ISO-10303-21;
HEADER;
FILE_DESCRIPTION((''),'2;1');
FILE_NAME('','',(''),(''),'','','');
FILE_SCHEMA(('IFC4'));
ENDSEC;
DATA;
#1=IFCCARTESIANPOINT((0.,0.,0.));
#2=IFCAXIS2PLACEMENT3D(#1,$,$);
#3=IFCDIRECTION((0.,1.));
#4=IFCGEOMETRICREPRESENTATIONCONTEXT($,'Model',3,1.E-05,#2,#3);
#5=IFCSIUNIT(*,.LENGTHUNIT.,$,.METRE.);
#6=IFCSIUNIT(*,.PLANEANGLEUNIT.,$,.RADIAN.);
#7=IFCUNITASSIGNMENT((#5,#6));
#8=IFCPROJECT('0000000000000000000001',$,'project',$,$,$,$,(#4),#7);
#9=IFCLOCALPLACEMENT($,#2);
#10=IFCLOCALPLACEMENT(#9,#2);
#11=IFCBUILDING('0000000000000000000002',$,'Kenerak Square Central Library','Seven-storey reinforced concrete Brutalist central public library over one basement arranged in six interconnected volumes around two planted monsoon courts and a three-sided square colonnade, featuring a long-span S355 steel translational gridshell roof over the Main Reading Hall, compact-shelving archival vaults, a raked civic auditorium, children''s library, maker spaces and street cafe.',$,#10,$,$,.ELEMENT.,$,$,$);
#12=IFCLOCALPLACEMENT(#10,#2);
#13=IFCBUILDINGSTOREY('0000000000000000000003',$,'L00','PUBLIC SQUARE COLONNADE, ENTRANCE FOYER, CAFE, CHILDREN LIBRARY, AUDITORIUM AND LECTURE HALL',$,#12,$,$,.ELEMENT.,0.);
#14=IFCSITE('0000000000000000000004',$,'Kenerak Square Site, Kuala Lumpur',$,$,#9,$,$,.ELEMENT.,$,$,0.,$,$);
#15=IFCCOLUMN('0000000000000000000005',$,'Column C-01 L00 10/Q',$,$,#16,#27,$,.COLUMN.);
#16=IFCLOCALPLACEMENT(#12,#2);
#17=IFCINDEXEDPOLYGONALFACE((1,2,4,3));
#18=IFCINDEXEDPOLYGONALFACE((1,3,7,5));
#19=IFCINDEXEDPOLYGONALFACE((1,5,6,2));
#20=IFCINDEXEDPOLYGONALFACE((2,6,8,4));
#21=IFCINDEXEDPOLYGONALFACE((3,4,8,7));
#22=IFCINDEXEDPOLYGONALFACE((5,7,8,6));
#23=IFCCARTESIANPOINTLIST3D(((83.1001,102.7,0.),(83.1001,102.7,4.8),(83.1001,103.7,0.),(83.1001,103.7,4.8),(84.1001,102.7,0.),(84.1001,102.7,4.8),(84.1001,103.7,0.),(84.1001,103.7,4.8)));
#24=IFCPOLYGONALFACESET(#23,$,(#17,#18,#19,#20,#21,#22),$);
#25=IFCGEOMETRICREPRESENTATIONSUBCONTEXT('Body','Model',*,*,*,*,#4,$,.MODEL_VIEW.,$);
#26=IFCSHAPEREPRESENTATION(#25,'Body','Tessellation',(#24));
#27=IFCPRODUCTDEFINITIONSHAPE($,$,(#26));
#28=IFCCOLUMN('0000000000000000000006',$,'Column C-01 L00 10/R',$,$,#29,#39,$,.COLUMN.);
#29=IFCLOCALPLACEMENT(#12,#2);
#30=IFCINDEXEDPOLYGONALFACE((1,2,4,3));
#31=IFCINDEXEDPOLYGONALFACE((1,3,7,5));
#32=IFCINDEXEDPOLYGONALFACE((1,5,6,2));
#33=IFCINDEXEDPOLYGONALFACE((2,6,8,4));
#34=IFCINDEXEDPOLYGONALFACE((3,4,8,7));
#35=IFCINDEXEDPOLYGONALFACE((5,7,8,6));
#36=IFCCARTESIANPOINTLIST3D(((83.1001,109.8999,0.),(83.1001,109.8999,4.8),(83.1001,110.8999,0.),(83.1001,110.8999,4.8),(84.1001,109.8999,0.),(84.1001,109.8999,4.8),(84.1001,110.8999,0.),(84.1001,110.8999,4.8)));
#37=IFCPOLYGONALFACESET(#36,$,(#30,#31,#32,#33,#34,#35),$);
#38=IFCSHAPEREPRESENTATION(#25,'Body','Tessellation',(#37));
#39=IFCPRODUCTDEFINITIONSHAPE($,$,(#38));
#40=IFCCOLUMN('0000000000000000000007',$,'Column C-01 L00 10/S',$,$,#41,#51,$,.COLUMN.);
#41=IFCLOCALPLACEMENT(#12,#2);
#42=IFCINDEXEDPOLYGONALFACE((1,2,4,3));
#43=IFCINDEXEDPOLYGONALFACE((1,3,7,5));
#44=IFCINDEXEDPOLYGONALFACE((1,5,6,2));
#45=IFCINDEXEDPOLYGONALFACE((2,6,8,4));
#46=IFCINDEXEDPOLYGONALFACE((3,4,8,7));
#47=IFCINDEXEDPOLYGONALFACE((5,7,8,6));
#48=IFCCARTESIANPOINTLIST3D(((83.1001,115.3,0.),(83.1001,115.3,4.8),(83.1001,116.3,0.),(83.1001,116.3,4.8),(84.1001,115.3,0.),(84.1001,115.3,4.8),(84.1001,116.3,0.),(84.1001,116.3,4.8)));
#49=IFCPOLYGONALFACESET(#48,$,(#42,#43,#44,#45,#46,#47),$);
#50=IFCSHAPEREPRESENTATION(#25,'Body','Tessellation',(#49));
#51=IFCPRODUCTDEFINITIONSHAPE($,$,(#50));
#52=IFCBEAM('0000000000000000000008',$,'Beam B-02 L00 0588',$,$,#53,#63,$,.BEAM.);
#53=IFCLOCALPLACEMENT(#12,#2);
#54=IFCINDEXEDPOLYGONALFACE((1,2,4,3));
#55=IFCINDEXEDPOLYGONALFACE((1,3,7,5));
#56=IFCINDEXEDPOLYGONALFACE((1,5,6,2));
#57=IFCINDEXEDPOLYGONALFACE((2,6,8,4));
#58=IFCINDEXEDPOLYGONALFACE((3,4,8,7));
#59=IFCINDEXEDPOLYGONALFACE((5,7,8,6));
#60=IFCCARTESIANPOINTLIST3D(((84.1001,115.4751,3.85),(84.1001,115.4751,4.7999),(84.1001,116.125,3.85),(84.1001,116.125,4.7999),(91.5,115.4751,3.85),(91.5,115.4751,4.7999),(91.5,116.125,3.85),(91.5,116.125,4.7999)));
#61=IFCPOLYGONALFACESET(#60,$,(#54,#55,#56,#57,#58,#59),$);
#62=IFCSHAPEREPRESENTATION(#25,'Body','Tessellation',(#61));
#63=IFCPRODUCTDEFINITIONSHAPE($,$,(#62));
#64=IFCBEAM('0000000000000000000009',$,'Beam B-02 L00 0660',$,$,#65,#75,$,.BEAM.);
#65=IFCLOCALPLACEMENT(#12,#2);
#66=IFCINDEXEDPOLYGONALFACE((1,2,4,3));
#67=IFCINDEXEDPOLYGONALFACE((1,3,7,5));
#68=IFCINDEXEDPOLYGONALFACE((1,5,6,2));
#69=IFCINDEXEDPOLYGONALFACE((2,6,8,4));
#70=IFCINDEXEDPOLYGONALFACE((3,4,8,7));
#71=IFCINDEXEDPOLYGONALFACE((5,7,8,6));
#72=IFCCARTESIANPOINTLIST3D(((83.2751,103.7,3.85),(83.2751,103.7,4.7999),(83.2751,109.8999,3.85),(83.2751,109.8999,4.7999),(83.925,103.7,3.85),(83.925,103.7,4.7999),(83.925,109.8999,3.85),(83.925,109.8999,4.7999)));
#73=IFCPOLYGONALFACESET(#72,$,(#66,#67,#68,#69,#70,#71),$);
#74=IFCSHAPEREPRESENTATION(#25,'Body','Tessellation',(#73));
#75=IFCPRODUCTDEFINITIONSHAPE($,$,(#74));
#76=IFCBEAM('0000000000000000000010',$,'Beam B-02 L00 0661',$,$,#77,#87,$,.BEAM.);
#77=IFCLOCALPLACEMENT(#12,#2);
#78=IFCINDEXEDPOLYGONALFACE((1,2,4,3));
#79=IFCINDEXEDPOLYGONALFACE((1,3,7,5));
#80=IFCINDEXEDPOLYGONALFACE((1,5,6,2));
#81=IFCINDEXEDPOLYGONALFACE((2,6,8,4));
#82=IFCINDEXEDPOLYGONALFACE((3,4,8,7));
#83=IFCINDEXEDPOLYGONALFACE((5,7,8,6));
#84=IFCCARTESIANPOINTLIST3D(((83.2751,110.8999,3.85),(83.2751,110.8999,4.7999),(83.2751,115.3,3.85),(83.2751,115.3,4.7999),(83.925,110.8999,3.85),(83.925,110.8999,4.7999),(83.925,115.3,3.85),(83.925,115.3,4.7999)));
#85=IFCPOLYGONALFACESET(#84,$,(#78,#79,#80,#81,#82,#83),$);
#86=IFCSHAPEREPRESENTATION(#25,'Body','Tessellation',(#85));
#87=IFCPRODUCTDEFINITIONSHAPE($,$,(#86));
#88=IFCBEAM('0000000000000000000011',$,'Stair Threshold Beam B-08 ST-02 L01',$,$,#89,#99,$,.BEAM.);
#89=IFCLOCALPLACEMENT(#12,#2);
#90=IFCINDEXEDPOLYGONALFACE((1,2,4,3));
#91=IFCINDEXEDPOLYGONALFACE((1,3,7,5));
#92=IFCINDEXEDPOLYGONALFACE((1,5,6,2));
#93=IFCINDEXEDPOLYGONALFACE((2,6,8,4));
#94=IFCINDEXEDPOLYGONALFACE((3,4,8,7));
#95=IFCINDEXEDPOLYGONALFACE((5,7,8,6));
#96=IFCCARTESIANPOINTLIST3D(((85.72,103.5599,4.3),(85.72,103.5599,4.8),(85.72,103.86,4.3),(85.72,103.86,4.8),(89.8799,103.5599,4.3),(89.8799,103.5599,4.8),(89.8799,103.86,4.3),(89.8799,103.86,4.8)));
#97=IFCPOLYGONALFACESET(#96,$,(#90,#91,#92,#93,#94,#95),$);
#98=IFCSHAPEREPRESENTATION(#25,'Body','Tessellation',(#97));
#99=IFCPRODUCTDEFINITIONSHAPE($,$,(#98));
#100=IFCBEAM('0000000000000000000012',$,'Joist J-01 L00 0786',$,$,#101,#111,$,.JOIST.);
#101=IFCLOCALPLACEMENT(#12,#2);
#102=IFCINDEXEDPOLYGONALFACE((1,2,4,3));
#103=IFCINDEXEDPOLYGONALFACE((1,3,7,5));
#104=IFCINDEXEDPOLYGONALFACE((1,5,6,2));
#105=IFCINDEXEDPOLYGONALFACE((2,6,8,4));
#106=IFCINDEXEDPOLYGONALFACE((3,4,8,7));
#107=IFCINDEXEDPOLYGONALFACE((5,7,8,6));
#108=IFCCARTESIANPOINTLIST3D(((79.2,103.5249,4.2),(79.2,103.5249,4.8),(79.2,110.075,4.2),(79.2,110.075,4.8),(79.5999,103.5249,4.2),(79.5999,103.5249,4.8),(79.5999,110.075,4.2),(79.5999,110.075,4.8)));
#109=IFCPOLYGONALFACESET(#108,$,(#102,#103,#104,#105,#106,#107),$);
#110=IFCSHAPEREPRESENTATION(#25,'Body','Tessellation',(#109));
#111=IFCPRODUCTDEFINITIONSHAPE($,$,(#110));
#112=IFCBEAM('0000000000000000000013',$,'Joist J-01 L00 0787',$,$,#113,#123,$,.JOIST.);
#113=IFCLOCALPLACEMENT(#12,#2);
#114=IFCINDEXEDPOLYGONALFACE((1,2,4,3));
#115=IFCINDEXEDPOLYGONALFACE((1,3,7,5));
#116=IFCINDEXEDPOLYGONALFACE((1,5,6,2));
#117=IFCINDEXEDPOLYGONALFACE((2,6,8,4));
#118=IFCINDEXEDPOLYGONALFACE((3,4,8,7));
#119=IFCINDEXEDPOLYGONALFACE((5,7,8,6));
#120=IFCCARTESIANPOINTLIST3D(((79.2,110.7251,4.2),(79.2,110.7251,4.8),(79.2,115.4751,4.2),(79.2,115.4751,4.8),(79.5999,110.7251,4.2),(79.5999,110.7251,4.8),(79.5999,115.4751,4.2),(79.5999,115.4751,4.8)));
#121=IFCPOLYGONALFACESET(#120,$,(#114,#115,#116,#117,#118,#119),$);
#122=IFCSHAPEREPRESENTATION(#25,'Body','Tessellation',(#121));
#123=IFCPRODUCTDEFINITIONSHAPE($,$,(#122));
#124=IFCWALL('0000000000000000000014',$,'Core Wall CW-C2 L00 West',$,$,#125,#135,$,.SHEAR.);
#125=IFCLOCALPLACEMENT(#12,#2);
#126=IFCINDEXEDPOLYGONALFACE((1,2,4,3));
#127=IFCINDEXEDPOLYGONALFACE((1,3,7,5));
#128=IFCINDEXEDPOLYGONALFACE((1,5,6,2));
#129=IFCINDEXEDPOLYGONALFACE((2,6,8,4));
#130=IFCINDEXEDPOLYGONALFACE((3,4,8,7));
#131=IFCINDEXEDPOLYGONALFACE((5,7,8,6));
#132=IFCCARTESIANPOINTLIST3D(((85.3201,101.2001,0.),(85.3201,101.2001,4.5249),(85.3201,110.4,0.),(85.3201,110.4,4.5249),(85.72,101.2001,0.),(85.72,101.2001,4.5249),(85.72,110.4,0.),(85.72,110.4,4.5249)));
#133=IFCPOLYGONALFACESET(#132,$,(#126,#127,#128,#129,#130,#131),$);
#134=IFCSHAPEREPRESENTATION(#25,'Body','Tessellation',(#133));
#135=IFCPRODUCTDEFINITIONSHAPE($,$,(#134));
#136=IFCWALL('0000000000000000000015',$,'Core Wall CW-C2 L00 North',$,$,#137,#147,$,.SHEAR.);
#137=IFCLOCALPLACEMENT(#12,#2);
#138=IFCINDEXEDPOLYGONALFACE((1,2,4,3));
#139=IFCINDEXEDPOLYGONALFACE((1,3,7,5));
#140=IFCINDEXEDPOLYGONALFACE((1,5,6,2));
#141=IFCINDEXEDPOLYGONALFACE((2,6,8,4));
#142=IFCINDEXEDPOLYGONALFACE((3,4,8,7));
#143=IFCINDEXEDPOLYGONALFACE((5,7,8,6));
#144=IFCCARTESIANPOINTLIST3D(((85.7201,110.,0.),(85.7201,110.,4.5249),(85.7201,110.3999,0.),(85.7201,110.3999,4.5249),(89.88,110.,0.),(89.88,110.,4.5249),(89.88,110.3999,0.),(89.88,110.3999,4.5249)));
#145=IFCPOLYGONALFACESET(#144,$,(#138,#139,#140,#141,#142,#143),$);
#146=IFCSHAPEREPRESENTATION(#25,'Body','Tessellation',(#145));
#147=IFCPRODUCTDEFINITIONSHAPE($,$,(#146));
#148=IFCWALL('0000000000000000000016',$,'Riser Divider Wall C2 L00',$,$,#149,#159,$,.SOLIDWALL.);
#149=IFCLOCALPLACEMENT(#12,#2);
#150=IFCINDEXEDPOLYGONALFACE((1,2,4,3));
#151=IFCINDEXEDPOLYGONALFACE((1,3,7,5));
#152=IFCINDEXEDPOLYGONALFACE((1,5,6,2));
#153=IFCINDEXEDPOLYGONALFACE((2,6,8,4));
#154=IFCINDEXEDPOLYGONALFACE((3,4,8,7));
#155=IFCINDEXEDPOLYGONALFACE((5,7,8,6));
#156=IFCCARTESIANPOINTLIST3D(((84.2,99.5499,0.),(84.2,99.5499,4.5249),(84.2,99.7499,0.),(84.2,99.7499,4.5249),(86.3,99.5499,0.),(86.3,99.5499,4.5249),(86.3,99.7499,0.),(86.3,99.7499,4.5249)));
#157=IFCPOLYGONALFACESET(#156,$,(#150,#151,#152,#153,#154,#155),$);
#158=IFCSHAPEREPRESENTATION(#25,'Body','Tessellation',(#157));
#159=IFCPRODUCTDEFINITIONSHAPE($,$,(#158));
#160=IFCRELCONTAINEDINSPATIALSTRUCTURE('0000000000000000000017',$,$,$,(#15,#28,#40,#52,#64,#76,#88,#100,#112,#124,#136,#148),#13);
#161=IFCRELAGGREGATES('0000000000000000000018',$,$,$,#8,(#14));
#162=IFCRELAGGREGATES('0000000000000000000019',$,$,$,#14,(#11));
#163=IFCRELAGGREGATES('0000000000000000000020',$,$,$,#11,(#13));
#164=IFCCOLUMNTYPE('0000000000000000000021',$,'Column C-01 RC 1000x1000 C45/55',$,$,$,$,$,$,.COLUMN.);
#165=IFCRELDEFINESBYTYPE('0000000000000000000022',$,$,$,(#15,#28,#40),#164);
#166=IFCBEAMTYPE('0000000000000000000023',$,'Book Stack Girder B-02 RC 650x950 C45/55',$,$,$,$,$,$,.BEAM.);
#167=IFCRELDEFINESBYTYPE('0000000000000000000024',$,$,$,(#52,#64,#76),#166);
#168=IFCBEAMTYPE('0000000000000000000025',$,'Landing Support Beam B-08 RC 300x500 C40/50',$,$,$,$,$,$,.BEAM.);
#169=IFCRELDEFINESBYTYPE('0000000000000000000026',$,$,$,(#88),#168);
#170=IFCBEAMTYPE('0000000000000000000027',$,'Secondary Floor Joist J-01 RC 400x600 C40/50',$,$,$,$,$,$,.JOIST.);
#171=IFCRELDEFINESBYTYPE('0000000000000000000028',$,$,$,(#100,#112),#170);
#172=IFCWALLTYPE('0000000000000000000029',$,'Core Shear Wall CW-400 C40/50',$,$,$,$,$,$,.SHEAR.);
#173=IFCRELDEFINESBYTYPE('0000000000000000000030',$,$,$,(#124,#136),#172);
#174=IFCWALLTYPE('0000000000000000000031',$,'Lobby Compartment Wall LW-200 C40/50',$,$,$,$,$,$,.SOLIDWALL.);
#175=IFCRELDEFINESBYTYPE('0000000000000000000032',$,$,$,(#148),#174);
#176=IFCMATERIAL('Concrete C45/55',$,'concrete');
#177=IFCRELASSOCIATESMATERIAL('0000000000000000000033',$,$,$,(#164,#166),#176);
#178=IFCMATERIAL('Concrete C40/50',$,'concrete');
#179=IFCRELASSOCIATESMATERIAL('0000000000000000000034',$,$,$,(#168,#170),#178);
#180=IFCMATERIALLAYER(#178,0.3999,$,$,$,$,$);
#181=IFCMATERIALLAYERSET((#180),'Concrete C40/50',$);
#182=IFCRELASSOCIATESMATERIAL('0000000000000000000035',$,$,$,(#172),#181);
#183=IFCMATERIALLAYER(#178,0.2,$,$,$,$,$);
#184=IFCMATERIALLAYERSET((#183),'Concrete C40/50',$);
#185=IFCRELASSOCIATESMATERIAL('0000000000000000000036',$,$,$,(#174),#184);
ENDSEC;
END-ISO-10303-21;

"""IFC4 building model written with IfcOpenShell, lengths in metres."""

from ifc_helpers import new_model, si_unit, direction, frame, frame_2d, origin, origin_2d, place, context, subcontext, project, spatial, rectangle, extrude, material, layer, layer_set, material_profile, profile_set, type_object, element, save


model = new_model("IFC4")

# Units and contexts
model_context = context("Model", 3, precision=1e-05, world=origin(), true_north=direction((0.0, 1.0)))
body_context = subcontext(model_context, "Body", "Model", "MODEL_VIEW")
ifc_project = project(units=[si_unit("LENGTHUNIT", "METRE"), si_unit("PLANEANGLEUNIT", "RADIAN")], contexts=[model_context])

# Site, building, storey
site_placement = place(None, origin())
site = spatial("IfcSite", under=ifc_project, at=site_placement, Name="Kenerak Square Site, Kuala Lumpur", CompositionType="ELEMENT", RefElevation=0.0)
building_placement = place(site_placement, origin())
building = spatial("IfcBuilding", under=site, at=building_placement, Name="Kenerak Square Central Library", Description="Seven-storey reinforced concrete Brutalist central public library over one basement arranged in six interconnected volumes around two planted monsoon courts and a three-sided square colonnade, featuring a long-span S355 steel translational gridshell roof over the Main Reading Hall, compact-shelving archival vaults, a raked civic auditorium, children's library, maker spaces and street cafe.", CompositionType="ELEMENT")
storey_placement = place(building_placement, origin())
storey = spatial("IfcBuildingStorey", under=building, at=storey_placement, Name="L00", Description="PUBLIC SQUARE COLONNADE, ENTRANCE FOYER, CAFE, CHILDREN LIBRARY, AUDITORIUM AND LECTURE HALL", CompositionType="ELEMENT", Elevation=0.0)

# Columns
ifc_material_1 = material(Name="Concrete C45/55", Category="concrete")
ifc_material_profile_1 = material_profile(ifc_material_1, rectangle(XDim=1.0, YDim=1.0, at=origin_2d()), Name="RC 1000x1000")
ifc_profile_set_1 = profile_set([ifc_material_profile_1], Name="Concrete C45/55")
column_type = type_object("IfcColumnType", Name="Column C-01 RC 1000x1000 C45/55", PredefinedType="COLUMN", material=ifc_profile_set_1)
for number, where, z_axis, x_axis, name in (
    (1, (83.6001, 103.2, 0.0), (0.0, 0.0, 1.0), (1.0, 0.0, 0.0), "Column C-01 L00 10/Q"),
    (2, (83.6001, 110.3999, 0.0), (0.0, 0.0, 1.0), (1.0, 0.0, 0.0), "Column C-01 L00 10/R"),
    (3, (83.6001, 115.8, 0.0), (0.0, 0.0, 1.0), (1.0, 0.0, 0.0), "Column C-01 L00 10/S"),
):
    element("IfcColumn", number, at=place(storey_placement, frame(where, z_axis=z_axis, x_axis=x_axis)), inside=storey, type_object=column_type, Name=name, PredefinedType="COLUMN", context=body_context, shape_type="SweptSolid", body=[
        extrude(rectangle(XDim=1.0, YDim=1.0, at=origin_2d()), origin(), (0.0, 0.0, 1.0), 4.8),
    ])

# Beams
ifc_material_profile_2 = material_profile(ifc_material_1, rectangle(XDim=0.6499, YDim=0.95, at=origin_2d()), Name="RC 650x950")
ifc_profile_set_2 = profile_set([ifc_material_profile_2], Name="Concrete C45/55")
beam_type_1 = type_object("IfcBeamType", Name="Book Stack Girder B-02 RC 650x950 C45/55", PredefinedType="BEAM", material=ifc_profile_set_2)
beam_1_placement = place(storey_placement, frame((84.1001, 115.8, 4.325), z_axis=(1.0, 0.0, 0.0), x_axis=(0.0, 1.0, 0.0)))
element("IfcBeam", 4, at=beam_1_placement, inside=storey, type_object=beam_type_1, Name="Beam B-02 L00 0588", PredefinedType="BEAM", context=body_context, shape_type="SweptSolid", body=[
    extrude(rectangle(XDim=0.6499, YDim=0.95, at=origin_2d()), origin(), (0.0, 0.0, 1.0), 7.3999),
])
beam_2_placement = place(storey_placement, frame((83.6001, 103.7, 4.325), z_axis=(0.0, 1.0, 0.0), x_axis=(-1.0, 0.0, 0.0)))
element("IfcBeam", 5, at=beam_2_placement, inside=storey, type_object=beam_type_1, Name="Beam B-02 L00 0660", PredefinedType="BEAM", context=body_context, shape_type="SweptSolid", body=[
    extrude(rectangle(XDim=0.6499, YDim=0.95, at=origin_2d()), origin(), (0.0, 0.0, 1.0), 6.2),
])
beam_3_placement = place(storey_placement, frame((83.6001, 110.8999, 4.325), z_axis=(0.0, 1.0, 0.0), x_axis=(-1.0, 0.0, 0.0)))
element("IfcBeam", 6, at=beam_3_placement, inside=storey, type_object=beam_type_1, Name="Beam B-02 L00 0661", PredefinedType="BEAM", context=body_context, shape_type="SweptSolid", body=[
    extrude(rectangle(XDim=0.6499, YDim=0.95, at=origin_2d()), origin(), (0.0, 0.0, 1.0), 4.4001),
])
ifc_material_2 = material(Name="Concrete C40/50", Category="concrete")
ifc_material_profile_3 = material_profile(ifc_material_2, rectangle(XDim=0.3, YDim=0.5, at=origin_2d()), Name="RC 300x500")
ifc_profile_set_3 = profile_set([ifc_material_profile_3], Name="Concrete C40/50")
beam_type_2 = type_object("IfcBeamType", Name="Landing Support Beam B-08 RC 300x500 C40/50", PredefinedType="BEAM", material=ifc_profile_set_3)
beam_4_placement = place(storey_placement, frame((85.72, 103.71, 4.55), z_axis=(1.0, 0.0, 0.0), x_axis=(0.0, 1.0, 0.0)))
element("IfcBeam", 7, at=beam_4_placement, inside=storey, type_object=beam_type_2, Name="Stair Threshold Beam B-08 ST-02 L01", PredefinedType="BEAM", context=body_context, shape_type="SweptSolid", body=[
    extrude(rectangle(XDim=0.3, YDim=0.5, at=origin_2d()), origin(), (0.0, 0.0, 1.0), 4.1599),
])
ifc_material_profile_4 = material_profile(ifc_material_2, rectangle(XDim=0.3999, YDim=0.6001, at=origin_2d()), Name="RC 400x600")
ifc_profile_set_4 = profile_set([ifc_material_profile_4], Name="Concrete C40/50")
beam_type_3 = type_object("IfcBeamType", Name="Secondary Floor Joist J-01 RC 400x600 C40/50", PredefinedType="JOIST", material=ifc_profile_set_4)
beam_5_placement = place(storey_placement, frame((79.3999, 103.5249, 4.5), z_axis=(0.0, 1.0, 0.0), x_axis=(-1.0, 0.0, 0.0)))
element("IfcBeam", 8, at=beam_5_placement, inside=storey, type_object=beam_type_3, Name="Joist J-01 L00 0786", PredefinedType="JOIST", context=body_context, shape_type="SweptSolid", body=[
    extrude(rectangle(XDim=0.3999, YDim=0.6001, at=origin_2d()), origin(), (0.0, 0.0, 1.0), 6.55),
])
beam_6_placement = place(storey_placement, frame((79.3999, 110.7251, 4.5), z_axis=(0.0, 1.0, 0.0), x_axis=(-1.0, 0.0, 0.0)))
element("IfcBeam", 9, at=beam_6_placement, inside=storey, type_object=beam_type_3, Name="Joist J-01 L00 0787", PredefinedType="JOIST", context=body_context, shape_type="SweptSolid", body=[
    extrude(rectangle(XDim=0.3999, YDim=0.6001, at=origin_2d()), origin(), (0.0, 0.0, 1.0), 4.75),
])

# Walls
ifc_layer_1 = layer(ifc_material_2, 0.3999)
ifc_layer_set_1 = layer_set([ifc_layer_1], Name="Concrete C40/50")
wall_type_1 = type_object("IfcWallType", Name="Core Shear Wall CW-400 C40/50", PredefinedType="SHEAR", material=ifc_layer_set_1)
wall_1_placement = place(storey_placement, frame((85.52, 101.2, 0.0), z_axis=(0.0, 0.0, 1.0), x_axis=(0.0, 1.0, 0.0)))
element("IfcWall", 10, at=wall_1_placement, inside=storey, type_object=wall_type_1, Name="Core Wall CW-C2 L00 West", PredefinedType="SHEAR", context=body_context, shape_type="SweptSolid", body=[
    extrude(rectangle(XDim=9.2, YDim=0.3999, at=frame_2d((4.6001, 0.0))), origin(), (0.0, 0.0, 1.0), 4.5249),
])
wall_2_placement = place(storey_placement, frame((85.72, 110.2, 0.0), z_axis=(0.0, 0.0, 1.0), x_axis=(1.0, 0.0, 0.0)))
element("IfcWall", 11, at=wall_2_placement, inside=storey, type_object=wall_type_1, Name="Core Wall CW-C2 L00 North", PredefinedType="SHEAR", context=body_context, shape_type="SweptSolid", body=[
    extrude(rectangle(XDim=4.1599, YDim=0.3999, at=frame_2d((2.0801, 0.0))), origin(), (0.0, 0.0, 1.0), 4.5249),
])
ifc_layer_2 = layer(ifc_material_2, 0.2)
ifc_layer_set_2 = layer_set([ifc_layer_2], Name="Concrete C40/50")
wall_type_2 = type_object("IfcWallType", Name="Lobby Compartment Wall LW-200 C40/50", PredefinedType="SOLIDWALL", material=ifc_layer_set_2)
wall_3_placement = place(storey_placement, frame((84.2, 99.6499, 0.0), z_axis=(0.0, 0.0, 1.0), x_axis=(1.0, 0.0, 0.0)))
element("IfcWall", 12, at=wall_3_placement, inside=storey, type_object=wall_type_2, Name="Riser Divider Wall C2 L00", PredefinedType="SOLIDWALL", context=body_context, shape_type="SweptSolid", body=[
    extrude(rectangle(XDim=2.1001, YDim=0.2, at=frame_2d((1.05, 0.0))), origin(), (0.0, 0.0, 1.0), 4.5249),
])

save(model, "model.ifc")
